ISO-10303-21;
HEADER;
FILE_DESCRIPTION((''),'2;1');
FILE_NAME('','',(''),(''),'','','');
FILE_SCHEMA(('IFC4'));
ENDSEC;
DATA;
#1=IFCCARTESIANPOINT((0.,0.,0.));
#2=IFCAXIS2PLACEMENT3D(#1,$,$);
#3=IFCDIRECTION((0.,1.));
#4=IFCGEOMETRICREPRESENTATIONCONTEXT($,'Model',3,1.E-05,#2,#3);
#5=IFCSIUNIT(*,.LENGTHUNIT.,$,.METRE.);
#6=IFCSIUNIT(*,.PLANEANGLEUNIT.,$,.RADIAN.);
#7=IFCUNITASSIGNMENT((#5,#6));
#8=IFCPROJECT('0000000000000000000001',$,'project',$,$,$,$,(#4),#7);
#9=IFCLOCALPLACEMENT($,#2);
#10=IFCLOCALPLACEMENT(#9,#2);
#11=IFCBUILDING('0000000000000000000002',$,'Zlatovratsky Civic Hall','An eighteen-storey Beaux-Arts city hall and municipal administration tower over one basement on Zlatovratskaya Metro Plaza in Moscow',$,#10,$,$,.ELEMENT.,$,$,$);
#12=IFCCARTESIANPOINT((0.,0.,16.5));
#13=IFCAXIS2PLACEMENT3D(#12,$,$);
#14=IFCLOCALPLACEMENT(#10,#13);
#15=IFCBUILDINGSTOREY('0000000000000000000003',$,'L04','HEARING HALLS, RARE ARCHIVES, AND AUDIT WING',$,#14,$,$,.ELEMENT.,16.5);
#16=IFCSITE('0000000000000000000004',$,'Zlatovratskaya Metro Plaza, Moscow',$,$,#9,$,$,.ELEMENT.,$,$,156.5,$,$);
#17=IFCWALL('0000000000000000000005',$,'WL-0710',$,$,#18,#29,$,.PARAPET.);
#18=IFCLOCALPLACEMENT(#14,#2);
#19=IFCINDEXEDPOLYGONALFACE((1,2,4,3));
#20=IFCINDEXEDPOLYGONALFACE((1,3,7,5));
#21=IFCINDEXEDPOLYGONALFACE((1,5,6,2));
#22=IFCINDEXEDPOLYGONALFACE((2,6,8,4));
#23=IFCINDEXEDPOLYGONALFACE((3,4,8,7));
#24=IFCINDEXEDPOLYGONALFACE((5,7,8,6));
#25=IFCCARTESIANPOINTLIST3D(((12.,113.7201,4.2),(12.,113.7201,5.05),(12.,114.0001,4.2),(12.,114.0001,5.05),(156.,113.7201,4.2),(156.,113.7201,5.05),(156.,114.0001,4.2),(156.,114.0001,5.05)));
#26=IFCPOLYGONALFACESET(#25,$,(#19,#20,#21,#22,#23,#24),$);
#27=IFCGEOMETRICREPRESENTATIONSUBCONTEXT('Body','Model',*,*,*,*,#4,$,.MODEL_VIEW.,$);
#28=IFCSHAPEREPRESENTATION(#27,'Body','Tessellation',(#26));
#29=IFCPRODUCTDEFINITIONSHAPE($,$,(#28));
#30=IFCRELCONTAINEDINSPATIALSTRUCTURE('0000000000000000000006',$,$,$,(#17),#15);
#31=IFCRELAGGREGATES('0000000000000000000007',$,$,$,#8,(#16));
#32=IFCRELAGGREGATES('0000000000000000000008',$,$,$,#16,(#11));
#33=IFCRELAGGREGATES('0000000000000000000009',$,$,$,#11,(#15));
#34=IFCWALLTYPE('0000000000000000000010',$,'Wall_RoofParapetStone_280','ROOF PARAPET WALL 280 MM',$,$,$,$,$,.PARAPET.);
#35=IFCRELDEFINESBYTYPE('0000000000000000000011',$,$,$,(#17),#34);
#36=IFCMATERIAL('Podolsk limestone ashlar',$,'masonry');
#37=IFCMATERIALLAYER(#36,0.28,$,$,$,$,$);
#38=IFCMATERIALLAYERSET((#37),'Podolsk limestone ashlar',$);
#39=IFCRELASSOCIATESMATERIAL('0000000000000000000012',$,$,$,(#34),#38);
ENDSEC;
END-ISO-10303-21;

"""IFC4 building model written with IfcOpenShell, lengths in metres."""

from ifc_helpers import new_model, si_unit, direction, frame, frame_2d, origin, place, context, subcontext, project, spatial, rectangle, extrude, material, layer, layer_set, type_object, element, save


model = new_model("IFC4")

# Units and contexts
model_context = context("Model", 3, precision=1e-05, world=origin(), true_north=direction((0.0, 1.0)))
body_context = subcontext(model_context, "Body", "Model", "MODEL_VIEW")
ifc_project = project(units=[si_unit("LENGTHUNIT", "METRE"), si_unit("PLANEANGLEUNIT", "RADIAN")], contexts=[model_context])

# Site, building, storey
site_placement = place(None, origin())
site = spatial("IfcSite", under=ifc_project, at=site_placement, Name="Zlatovratskaya Metro Plaza, Moscow", CompositionType="ELEMENT", RefElevation=156.5)
building_placement = place(site_placement, origin())
building = spatial("IfcBuilding", under=site, at=building_placement, Name="Zlatovratsky Civic Hall", Description="An eighteen-storey Beaux-Arts city hall and municipal administration tower over one basement on Zlatovratskaya Metro Plaza in Moscow", CompositionType="ELEMENT")
storey_placement = place(building_placement, frame((0.0, 0.0, 16.5)))
storey = spatial("IfcBuildingStorey", under=building, at=storey_placement, Name="L04", Description="HEARING HALLS, RARE ARCHIVES, AND AUDIT WING", CompositionType="ELEMENT", Elevation=16.5)

# Wall
ifc_material_1 = material(Name="Podolsk limestone ashlar", Category="masonry")
ifc_layer_1 = layer(ifc_material_1, 0.28)
ifc_layer_set_1 = layer_set([ifc_layer_1], Name="Podolsk limestone ashlar")
wall_type_1 = type_object("IfcWallType", Name="Wall_RoofParapetStone_280", Description="ROOF PARAPET WALL 280 MM", PredefinedType="PARAPET", material=ifc_layer_set_1)
wall_1_placement = place(storey_placement, frame((12.0, 113.8601, 4.2), z_axis=(0.0, 0.0, 1.0), x_axis=(1.0, 0.0, 0.0)))
element("IfcWall", 1, at=wall_1_placement, inside=storey, type_object=wall_type_1, Name="WL-0710", PredefinedType="PARAPET", context=body_context, shape_type="SweptSolid", body=[
    extrude(rectangle(XDim=144.0, YDim=0.28, at=frame_2d((72.0, 0.0))), origin(), (0.0, 0.0, 1.0), 0.8501),
])

save(model, "model.ifc")
